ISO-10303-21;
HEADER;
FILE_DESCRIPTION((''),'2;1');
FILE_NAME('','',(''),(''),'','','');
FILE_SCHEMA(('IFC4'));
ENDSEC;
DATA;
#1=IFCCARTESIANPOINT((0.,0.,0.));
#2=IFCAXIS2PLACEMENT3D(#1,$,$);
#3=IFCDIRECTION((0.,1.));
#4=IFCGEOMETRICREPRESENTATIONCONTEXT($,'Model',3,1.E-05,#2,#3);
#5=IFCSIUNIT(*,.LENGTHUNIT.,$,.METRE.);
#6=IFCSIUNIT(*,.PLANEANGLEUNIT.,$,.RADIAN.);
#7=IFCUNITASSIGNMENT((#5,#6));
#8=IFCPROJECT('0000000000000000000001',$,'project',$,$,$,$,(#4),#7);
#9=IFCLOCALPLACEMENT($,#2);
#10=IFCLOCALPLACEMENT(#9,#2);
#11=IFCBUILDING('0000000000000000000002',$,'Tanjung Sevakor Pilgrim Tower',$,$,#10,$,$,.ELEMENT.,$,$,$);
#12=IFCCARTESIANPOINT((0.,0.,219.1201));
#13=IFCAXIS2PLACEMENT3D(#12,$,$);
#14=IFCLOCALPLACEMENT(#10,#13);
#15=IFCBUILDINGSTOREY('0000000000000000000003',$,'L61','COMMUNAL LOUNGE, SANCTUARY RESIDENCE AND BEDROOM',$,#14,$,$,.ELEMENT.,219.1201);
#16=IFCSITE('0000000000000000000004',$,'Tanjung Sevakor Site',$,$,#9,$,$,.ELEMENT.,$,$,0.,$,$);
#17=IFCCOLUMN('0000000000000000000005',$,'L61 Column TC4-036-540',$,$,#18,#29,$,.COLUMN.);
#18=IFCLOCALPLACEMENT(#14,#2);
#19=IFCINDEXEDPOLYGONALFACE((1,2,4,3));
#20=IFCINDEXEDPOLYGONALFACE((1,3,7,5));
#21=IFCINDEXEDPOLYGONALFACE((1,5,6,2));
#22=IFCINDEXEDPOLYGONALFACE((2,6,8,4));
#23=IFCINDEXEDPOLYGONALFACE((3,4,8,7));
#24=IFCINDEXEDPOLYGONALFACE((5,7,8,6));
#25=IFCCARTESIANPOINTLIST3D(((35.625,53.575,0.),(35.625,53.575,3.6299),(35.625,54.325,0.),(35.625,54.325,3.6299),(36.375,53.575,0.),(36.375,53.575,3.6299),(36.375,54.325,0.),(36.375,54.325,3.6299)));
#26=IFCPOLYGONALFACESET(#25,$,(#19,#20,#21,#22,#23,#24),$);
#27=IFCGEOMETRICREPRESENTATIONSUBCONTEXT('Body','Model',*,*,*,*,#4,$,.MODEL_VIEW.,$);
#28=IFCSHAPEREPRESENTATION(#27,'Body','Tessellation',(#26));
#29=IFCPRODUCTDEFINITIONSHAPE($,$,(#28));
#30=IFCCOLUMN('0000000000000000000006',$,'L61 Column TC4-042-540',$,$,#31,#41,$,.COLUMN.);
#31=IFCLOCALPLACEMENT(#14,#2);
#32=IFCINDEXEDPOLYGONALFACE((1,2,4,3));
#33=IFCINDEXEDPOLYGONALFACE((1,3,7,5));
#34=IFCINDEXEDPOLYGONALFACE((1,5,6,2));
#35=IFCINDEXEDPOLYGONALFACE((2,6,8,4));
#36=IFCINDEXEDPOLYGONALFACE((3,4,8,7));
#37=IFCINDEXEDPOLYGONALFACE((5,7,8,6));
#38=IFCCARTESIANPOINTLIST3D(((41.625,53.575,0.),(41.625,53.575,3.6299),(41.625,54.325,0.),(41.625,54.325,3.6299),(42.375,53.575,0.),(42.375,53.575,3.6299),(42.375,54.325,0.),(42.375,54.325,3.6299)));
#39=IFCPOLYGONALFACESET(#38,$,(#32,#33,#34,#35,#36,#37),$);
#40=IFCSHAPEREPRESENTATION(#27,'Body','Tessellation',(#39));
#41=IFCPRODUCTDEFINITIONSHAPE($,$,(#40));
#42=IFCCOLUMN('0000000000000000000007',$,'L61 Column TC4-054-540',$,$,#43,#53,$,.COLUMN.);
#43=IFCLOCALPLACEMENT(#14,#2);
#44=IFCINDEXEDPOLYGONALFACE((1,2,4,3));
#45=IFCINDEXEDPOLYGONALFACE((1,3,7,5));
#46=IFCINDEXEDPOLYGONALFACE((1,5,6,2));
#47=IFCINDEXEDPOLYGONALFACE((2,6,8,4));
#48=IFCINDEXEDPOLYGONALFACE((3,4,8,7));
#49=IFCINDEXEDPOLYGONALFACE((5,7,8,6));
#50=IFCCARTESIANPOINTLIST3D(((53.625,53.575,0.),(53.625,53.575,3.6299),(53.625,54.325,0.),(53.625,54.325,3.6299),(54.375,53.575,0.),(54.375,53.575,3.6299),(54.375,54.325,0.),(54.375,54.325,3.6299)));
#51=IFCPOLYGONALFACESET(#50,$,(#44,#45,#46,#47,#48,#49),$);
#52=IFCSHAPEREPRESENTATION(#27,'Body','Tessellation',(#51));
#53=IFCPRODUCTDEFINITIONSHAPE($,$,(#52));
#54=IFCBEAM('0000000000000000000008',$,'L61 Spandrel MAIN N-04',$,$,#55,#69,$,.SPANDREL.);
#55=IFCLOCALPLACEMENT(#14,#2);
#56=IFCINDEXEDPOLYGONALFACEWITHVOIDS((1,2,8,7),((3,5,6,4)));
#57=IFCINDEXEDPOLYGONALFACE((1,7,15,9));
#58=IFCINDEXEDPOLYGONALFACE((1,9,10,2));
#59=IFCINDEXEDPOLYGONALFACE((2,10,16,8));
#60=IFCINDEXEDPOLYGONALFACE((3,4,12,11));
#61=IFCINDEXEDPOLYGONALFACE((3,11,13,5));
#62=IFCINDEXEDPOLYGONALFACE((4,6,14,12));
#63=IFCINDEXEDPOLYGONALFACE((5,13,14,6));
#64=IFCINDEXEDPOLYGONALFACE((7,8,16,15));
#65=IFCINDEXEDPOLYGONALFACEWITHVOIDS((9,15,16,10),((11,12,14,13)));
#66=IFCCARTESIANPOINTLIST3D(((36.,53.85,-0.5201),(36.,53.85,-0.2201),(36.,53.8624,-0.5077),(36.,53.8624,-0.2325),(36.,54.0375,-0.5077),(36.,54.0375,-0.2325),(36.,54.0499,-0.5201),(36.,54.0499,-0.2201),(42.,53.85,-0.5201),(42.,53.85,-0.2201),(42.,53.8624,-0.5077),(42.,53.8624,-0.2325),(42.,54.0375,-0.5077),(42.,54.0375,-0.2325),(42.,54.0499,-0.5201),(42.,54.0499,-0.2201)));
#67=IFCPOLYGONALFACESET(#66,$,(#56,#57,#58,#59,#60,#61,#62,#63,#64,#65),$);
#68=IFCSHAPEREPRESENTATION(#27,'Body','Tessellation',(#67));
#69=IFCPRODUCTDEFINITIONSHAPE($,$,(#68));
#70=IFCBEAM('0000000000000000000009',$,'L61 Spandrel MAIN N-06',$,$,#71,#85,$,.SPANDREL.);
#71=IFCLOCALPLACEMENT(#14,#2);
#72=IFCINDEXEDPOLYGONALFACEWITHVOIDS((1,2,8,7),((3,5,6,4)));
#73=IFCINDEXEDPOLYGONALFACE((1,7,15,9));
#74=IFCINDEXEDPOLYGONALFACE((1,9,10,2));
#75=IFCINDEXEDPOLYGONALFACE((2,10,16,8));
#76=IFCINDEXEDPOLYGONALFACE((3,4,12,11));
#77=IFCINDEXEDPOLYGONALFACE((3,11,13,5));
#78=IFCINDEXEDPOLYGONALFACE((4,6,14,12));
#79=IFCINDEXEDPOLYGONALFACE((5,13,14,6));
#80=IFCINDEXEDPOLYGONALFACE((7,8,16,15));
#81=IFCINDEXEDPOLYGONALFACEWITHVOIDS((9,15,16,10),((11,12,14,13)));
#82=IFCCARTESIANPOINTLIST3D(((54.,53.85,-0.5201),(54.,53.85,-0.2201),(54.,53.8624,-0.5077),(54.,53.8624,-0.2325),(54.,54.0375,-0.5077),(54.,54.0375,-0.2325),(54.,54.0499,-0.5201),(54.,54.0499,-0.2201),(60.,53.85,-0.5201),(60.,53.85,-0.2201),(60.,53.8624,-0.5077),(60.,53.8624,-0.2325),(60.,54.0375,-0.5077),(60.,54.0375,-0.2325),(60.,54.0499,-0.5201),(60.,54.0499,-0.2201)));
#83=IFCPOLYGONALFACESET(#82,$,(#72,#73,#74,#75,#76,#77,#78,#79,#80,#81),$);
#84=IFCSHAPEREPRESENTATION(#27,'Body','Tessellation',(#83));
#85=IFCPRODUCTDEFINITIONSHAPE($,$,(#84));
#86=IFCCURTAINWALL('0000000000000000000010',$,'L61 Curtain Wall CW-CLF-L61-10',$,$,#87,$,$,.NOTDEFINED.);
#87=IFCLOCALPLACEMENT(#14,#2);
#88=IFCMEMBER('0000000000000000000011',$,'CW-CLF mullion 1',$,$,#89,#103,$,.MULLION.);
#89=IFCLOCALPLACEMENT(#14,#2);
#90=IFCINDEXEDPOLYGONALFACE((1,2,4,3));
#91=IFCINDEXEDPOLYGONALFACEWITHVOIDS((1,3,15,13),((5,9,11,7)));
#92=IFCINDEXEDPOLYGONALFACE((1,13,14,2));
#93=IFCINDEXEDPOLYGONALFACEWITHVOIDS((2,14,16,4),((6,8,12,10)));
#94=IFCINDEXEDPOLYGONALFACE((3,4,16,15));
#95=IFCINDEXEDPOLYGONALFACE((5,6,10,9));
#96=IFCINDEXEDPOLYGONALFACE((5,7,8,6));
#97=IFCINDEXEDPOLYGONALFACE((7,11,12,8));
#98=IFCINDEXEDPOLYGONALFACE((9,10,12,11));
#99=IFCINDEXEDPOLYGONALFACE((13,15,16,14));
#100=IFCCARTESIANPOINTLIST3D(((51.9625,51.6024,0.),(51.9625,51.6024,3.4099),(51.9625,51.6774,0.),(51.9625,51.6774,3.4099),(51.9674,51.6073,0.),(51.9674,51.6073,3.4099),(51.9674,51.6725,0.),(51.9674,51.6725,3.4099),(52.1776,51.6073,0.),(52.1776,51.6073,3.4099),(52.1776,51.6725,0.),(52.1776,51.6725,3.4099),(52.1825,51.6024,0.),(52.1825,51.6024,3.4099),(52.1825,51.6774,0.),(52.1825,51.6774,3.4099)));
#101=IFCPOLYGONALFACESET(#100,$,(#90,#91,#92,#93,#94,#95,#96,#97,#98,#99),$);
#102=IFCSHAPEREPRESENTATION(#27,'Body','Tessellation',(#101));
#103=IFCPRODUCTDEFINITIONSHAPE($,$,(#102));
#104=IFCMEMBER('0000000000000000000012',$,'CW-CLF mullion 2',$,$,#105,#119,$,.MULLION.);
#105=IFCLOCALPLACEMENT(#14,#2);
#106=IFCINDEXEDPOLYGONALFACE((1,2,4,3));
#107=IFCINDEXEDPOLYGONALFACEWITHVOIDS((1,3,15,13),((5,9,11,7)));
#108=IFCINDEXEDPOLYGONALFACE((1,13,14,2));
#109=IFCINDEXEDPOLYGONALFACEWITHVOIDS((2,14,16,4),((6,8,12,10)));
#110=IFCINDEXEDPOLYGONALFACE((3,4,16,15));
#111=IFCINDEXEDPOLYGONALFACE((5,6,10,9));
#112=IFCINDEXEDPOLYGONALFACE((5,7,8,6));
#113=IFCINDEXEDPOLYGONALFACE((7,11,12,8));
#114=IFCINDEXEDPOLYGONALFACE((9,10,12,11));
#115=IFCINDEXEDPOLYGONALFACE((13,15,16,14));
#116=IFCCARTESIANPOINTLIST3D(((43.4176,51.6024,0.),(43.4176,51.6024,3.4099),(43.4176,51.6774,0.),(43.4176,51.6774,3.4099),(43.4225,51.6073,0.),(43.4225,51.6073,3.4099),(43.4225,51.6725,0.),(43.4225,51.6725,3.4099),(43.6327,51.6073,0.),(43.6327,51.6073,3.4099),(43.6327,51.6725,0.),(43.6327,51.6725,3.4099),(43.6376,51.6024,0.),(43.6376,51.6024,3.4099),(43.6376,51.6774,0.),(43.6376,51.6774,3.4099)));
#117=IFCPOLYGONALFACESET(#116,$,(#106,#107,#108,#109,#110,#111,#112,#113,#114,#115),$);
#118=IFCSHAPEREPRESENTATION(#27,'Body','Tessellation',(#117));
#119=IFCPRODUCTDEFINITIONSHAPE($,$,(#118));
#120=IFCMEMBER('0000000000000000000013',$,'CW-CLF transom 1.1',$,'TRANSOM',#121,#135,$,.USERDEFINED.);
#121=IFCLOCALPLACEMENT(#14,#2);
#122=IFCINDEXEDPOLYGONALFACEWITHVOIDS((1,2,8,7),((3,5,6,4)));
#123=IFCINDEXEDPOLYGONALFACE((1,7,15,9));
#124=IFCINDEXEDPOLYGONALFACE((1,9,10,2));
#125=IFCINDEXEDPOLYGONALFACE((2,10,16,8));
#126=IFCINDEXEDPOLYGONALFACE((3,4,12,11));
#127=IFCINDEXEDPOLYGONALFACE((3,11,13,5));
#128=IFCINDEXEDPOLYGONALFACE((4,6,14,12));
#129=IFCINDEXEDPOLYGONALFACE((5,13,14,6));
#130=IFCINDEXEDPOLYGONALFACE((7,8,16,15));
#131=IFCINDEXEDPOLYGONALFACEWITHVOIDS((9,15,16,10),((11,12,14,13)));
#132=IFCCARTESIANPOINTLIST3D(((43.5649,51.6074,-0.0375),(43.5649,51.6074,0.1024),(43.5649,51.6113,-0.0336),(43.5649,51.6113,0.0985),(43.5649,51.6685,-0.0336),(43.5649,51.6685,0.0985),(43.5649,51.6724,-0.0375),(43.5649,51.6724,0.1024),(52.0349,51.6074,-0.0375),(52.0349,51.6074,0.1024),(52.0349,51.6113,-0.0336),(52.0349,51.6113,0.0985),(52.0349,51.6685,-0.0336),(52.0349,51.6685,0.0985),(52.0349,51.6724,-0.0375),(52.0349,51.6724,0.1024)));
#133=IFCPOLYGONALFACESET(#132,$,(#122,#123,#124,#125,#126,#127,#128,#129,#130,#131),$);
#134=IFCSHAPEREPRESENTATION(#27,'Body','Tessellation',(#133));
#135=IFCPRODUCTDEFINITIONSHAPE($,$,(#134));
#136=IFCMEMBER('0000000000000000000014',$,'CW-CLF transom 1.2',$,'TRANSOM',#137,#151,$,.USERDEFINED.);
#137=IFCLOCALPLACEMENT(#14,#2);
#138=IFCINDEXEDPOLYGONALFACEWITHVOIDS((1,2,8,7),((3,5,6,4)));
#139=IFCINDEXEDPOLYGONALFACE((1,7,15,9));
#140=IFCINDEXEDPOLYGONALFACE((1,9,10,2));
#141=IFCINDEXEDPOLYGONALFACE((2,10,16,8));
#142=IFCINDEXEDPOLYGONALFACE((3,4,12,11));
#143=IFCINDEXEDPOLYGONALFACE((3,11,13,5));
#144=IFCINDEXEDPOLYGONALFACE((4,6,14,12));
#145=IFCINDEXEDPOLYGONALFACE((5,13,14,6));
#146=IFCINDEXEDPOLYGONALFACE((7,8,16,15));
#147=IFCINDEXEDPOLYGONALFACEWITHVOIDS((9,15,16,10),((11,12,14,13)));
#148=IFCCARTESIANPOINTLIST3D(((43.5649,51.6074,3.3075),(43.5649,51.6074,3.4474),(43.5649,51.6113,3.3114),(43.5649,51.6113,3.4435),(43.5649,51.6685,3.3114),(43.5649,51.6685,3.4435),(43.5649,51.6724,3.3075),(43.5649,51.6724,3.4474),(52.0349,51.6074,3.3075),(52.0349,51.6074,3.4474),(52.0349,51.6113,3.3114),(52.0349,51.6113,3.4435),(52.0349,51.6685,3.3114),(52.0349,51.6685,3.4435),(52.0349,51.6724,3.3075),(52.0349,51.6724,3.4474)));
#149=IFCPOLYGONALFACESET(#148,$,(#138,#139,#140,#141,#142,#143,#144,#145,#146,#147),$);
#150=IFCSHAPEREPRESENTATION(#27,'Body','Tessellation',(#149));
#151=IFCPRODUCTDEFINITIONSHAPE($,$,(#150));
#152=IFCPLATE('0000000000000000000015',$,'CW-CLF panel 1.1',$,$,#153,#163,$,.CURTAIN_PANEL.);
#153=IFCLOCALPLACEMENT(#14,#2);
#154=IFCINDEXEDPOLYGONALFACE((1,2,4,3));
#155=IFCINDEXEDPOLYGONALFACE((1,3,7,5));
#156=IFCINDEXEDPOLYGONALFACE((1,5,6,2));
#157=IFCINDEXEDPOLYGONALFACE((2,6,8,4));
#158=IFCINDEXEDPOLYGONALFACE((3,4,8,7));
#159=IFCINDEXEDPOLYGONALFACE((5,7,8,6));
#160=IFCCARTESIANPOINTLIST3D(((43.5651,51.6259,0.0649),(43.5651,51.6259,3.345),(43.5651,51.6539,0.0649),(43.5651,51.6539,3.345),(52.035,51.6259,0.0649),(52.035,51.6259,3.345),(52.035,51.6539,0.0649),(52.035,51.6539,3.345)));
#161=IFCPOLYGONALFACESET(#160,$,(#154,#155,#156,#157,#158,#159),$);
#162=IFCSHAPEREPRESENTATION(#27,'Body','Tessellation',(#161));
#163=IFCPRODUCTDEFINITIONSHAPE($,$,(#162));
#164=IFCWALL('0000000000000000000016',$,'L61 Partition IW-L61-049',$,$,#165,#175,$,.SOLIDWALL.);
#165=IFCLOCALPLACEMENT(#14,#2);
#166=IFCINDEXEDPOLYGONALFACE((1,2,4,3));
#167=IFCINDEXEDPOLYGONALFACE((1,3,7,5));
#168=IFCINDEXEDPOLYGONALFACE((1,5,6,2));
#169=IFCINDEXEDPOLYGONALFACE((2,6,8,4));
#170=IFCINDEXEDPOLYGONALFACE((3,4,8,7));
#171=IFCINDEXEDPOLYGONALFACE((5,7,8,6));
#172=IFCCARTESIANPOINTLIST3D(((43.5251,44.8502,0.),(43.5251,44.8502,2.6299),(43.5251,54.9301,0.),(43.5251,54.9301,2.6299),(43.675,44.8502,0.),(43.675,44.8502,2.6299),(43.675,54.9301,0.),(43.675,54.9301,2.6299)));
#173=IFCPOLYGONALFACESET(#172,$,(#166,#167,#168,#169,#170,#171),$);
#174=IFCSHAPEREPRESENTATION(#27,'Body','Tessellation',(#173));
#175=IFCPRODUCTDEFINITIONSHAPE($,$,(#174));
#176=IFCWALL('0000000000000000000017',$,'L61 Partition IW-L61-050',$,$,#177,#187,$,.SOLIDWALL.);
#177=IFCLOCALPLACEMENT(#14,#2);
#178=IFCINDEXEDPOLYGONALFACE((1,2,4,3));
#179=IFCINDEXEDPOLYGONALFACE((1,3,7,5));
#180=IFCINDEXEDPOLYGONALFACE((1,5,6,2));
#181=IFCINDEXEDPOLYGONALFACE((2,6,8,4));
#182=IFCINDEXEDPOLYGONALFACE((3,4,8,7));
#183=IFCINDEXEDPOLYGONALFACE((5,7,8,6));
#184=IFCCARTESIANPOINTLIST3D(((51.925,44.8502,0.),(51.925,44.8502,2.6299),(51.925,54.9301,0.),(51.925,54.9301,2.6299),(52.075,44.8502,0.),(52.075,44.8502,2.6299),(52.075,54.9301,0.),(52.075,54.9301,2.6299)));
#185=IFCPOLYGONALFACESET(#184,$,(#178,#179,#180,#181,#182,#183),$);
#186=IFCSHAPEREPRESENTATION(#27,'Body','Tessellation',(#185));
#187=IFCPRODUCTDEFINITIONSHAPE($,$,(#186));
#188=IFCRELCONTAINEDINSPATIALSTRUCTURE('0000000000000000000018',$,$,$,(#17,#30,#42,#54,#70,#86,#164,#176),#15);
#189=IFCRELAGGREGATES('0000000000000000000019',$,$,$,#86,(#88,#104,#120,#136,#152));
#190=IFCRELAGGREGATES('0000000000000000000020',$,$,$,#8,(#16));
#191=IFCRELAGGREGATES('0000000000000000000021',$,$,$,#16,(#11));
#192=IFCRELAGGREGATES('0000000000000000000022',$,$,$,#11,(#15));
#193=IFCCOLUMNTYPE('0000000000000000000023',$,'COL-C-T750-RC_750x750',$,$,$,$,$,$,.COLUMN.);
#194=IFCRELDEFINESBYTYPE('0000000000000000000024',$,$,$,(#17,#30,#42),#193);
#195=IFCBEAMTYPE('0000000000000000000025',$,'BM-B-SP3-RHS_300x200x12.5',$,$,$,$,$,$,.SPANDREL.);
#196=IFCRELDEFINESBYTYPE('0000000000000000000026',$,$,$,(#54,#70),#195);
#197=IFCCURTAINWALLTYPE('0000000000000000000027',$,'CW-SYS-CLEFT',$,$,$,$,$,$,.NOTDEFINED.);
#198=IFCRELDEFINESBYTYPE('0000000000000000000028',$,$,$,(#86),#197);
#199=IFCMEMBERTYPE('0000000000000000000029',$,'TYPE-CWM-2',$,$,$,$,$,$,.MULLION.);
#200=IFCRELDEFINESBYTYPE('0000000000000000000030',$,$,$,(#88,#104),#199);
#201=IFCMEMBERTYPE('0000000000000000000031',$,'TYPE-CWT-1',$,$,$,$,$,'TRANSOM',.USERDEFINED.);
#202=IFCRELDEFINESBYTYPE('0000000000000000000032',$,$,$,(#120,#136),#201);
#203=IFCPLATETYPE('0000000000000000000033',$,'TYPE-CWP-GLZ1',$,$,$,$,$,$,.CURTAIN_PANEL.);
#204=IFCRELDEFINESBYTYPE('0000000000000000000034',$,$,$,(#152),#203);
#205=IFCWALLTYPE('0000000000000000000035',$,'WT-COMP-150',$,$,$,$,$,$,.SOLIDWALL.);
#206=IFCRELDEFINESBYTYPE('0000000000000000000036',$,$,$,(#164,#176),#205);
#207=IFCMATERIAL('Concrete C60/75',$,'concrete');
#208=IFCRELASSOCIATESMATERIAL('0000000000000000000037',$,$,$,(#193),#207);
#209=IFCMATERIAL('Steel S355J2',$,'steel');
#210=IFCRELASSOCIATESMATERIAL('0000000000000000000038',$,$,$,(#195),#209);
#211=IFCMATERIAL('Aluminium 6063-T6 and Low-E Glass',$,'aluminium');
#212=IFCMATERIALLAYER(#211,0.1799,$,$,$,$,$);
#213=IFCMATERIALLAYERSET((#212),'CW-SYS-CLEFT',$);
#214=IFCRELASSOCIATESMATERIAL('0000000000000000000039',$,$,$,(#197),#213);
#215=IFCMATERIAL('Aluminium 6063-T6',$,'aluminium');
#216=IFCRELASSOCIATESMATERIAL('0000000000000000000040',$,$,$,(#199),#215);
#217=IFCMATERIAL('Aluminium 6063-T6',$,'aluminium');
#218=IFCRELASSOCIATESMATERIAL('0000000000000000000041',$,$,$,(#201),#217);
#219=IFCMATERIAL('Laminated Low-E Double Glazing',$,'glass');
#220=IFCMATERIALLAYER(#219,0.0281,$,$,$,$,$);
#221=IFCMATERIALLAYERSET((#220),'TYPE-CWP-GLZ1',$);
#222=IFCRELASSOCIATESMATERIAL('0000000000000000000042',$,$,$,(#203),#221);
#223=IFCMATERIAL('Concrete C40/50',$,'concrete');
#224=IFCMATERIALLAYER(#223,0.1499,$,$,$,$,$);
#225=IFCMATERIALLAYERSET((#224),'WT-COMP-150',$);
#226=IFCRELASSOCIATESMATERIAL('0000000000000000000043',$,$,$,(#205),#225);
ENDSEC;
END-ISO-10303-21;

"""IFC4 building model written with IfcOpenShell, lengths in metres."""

from ifc_helpers import new_model, si_unit, direction, frame, frame_2d, origin, origin_2d, place, context, subcontext, project, spatial, rectangle, hollow_rectangle, extrude, material, layer, layer_set, material_profile, profile_set, type_object, element, aggregate, save


model = new_model("IFC4")

# Units and contexts
model_context = context("Model", 3, precision=1e-05, world=origin(), true_north=direction((0.0, 1.0)))
body_context = subcontext(model_context, "Body", "Model", "MODEL_VIEW")
ifc_project = project(units=[si_unit("LENGTHUNIT", "METRE"), si_unit("PLANEANGLEUNIT", "RADIAN")], contexts=[model_context])

# Site, building, storey
site_placement = place(None, origin())
site = spatial("IfcSite", under=ifc_project, at=site_placement, Name="Tanjung Sevakor Site", CompositionType="ELEMENT", RefElevation=0.0)
building_placement = place(site_placement, origin())
building = spatial("IfcBuilding", under=site, at=building_placement, Name="Tanjung Sevakor Pilgrim Tower", CompositionType="ELEMENT")
storey_placement = place(building_placement, frame((0.0, 0.0, 219.1201)))
storey = spatial("IfcBuildingStorey", under=building, at=storey_placement, Name="L61", Description="COMMUNAL LOUNGE, SANCTUARY RESIDENCE AND BEDROOM", CompositionType="ELEMENT", Elevation=219.1201)

# Columns
ifc_material_1 = material(Name="Concrete C60/75", Category="concrete")
ifc_material_profile_1 = material_profile(ifc_material_1, rectangle(XDim=0.75, YDim=0.75, at=origin_2d()))
ifc_profile_set_1 = profile_set([ifc_material_profile_1], Name="Concrete C60/75")
column_type = type_object("IfcColumnType", Name="COL-C-T750-RC_750x750", PredefinedType="COLUMN", material=ifc_profile_set_1)
for number, where, z_axis, x_axis, name in (
    (1, (36.0, 53.95, 0.0), (0.0, 0.0, 1.0), (1.0, 0.0, 0.0), "L61 Column TC4-036-540"),
    (2, (42.0, 53.95, 0.0), (0.0, 0.0, 1.0), (1.0, 0.0, 0.0), "L61 Column TC4-042-540"),
    (3, (54.0, 53.95, 0.0), (0.0, 0.0, 1.0), (1.0, 0.0, 0.0), "L61 Column TC4-054-540"),
):
    element("IfcColumn", number, at=place(storey_placement, frame(where, z_axis=z_axis, x_axis=x_axis)), inside=storey, type_object=column_type, Name=name, PredefinedType="COLUMN", context=body_context, shape_type="SweptSolid", body=[
        extrude(rectangle(XDim=0.75, YDim=0.75, at=origin_2d()), origin(), (0.0, 0.0, 1.0), 3.6299),
    ])

# Beams
ifc_material_2 = material(Name="Steel S355J2", Category="steel")
ifc_material_profile_2 = material_profile(ifc_material_2, hollow_rectangle(XDim=0.2, YDim=0.3, WallThickness=0.0125, at=origin_2d()))
ifc_profile_set_2 = profile_set([ifc_material_profile_2], Name="Steel S355J2")
beam_type = type_object("IfcBeamType", Name="BM-B-SP3-RHS_300x200x12.5", PredefinedType="SPANDREL", material=ifc_profile_set_2)
for number, where, z_axis, x_axis, name in (
    (4, (36.0, 53.95, -0.3701), (1.0, 0.0, 0.0), (0.0, 1.0, 0.0), "L61 Spandrel MAIN N-04"),
    (5, (54.0, 53.95, -0.3701), (1.0, 0.0, 0.0), (0.0, 1.0, 0.0), "L61 Spandrel MAIN N-06"),
):
    element("IfcBeam", number, at=place(storey_placement, frame(where, z_axis=z_axis, x_axis=x_axis)), inside=storey, type_object=beam_type, Name=name, PredefinedType="SPANDREL", context=body_context, shape_type="SweptSolid", body=[
        extrude(hollow_rectangle(XDim=0.2, YDim=0.3, WallThickness=0.0125, at=origin_2d()), origin(), (0.0, 0.0, 1.0), 6.0),
    ])

# Curtain wall, members, plate
ifc_material_3 = material(Name="Aluminium 6063-T6 and Low-E Glass", Category="aluminium")
ifc_layer_1 = layer(ifc_material_3, 0.1799)
ifc_layer_set_1 = layer_set([ifc_layer_1], Name="CW-SYS-CLEFT")
curtain_wall_type = type_object("IfcCurtainWallType", Name="CW-SYS-CLEFT", PredefinedType="NOTDEFINED", material=ifc_layer_set_1)
curtain_wall_placement = place(storey_placement, origin())
curtain_wall = element("IfcCurtainWall", 6, at=curtain_wall_placement, inside=storey, type_object=curtain_wall_type, Name="L61 Curtain Wall CW-CLF-L61-10", PredefinedType="NOTDEFINED")
ifc_material_4 = material(Name="Aluminium 6063-T6", Category="aluminium")
ifc_material_profile_3 = material_profile(ifc_material_4, hollow_rectangle(XDim=0.075, YDim=0.22, WallThickness=0.0049, at=origin_2d()))
ifc_profile_set_3 = profile_set([ifc_material_profile_3], Name="Aluminium 6063-T6")
member_type_1 = type_object("IfcMemberType", Name="TYPE-CWM-2", PredefinedType="MULLION", material=ifc_profile_set_3)
member_1_placement = place(storey_placement, frame((52.0725, 51.6399, 0.0), z_axis=(0.0, 0.0, 1.0), x_axis=(0.0, -1.0, 0.0)))
member_1 = element("IfcMember", 7, at=member_1_placement, type_object=member_type_1, Name="CW-CLF mullion 1", PredefinedType="MULLION", context=body_context, shape_type="SweptSolid", body=[
    extrude(hollow_rectangle(XDim=0.075, YDim=0.22, WallThickness=0.0049, at=origin_2d()), origin(), (0.0, 0.0, 1.0), 3.4099),
])
member_2_placement = place(storey_placement, frame((43.5276, 51.6399, 0.0), z_axis=(0.0, 0.0, 1.0), x_axis=(0.0, -1.0, 0.0)))
member_2 = element("IfcMember", 8, at=member_2_placement, type_object=member_type_1, Name="CW-CLF mullion 2", PredefinedType="MULLION", context=body_context, shape_type="SweptSolid", body=[
    extrude(hollow_rectangle(XDim=0.075, YDim=0.22, WallThickness=0.0049, at=origin_2d()), origin(), (0.0, 0.0, 1.0), 3.4099),
])
ifc_material_5 = material(Name="Aluminium 6063-T6", Category="aluminium")
ifc_material_profile_4 = material_profile(ifc_material_5, hollow_rectangle(XDim=0.0649, YDim=0.1399, WallThickness=0.0039, at=origin_2d()))
ifc_profile_set_4 = profile_set([ifc_material_profile_4], Name="Aluminium 6063-T6")
member_type_2 = type_object("IfcMemberType", Name="TYPE-CWT-1", ElementType="TRANSOM", PredefinedType="USERDEFINED", material=ifc_profile_set_4)
member_3_placement = place(storey_placement, frame((52.0349, 51.6399, 0.0325), z_axis=(-1.0, 0.0, 0.0), x_axis=(0.0, -1.0, 0.0)))
member_3 = element("IfcMember", 9, at=member_3_placement, type_object=member_type_2, Name="CW-CLF transom 1.1", ObjectType="TRANSOM", PredefinedType="USERDEFINED", context=body_context, shape_type="SweptSolid", body=[
    extrude(hollow_rectangle(XDim=0.0649, YDim=0.1399, WallThickness=0.0039, at=origin_2d()), origin(), (0.0, 0.0, 1.0), 8.47),
])
member_4_placement = place(storey_placement, frame((52.0349, 51.6399, 3.3774), z_axis=(-1.0, 0.0, 0.0), x_axis=(0.0, -1.0, 0.0)))
member_4 = element("IfcMember", 10, at=member_4_placement, type_object=member_type_2, Name="CW-CLF transom 1.2", ObjectType="TRANSOM", PredefinedType="USERDEFINED", context=body_context, shape_type="SweptSolid", body=[
    extrude(hollow_rectangle(XDim=0.0649, YDim=0.1399, WallThickness=0.0039, at=origin_2d()), origin(), (0.0, 0.0, 1.0), 8.47),
])
ifc_material_6 = material(Name="Laminated Low-E Double Glazing", Category="glass")
ifc_layer_2 = layer(ifc_material_6, 0.0281)
ifc_layer_set_2 = layer_set([ifc_layer_2], Name="TYPE-CWP-GLZ1")
plate_type = type_object("IfcPlateType", Name="TYPE-CWP-GLZ1", PredefinedType="CURTAIN_PANEL", material=ifc_layer_set_2)
plate_placement = place(storey_placement, frame((47.8, 51.6399, 0.0649), z_axis=(0.0, 0.0, 1.0), x_axis=(-1.0, 0.0, 0.0)))
plate = element("IfcPlate", 11, at=plate_placement, type_object=plate_type, Name="CW-CLF panel 1.1", PredefinedType="CURTAIN_PANEL", context=body_context, shape_type="SweptSolid", body=[
    extrude(rectangle(XDim=8.47, YDim=0.0281, at=origin_2d()), origin(), (0.0, 0.0, 1.0), 3.28),
])
aggregate(curtain_wall, [member_1, member_2, member_3, member_4, plate])

# Walls
ifc_material_7 = material(Name="Concrete C40/50", Category="concrete")
ifc_layer_3 = layer(ifc_material_7, 0.1499)
ifc_layer_set_3 = layer_set([ifc_layer_3], Name="WT-COMP-150")
wall_type_1 = type_object("IfcWallType", Name="WT-COMP-150", PredefinedType="SOLIDWALL", material=ifc_layer_set_3)
for number, where, z_axis, x_axis, name in (
    (12, (43.6001, 44.8501, 0.0), (0.0, 0.0, 1.0), (0.0, 1.0, 0.0), "L61 Partition IW-L61-049"),
    (13, (52.0, 44.8501, 0.0), (0.0, 0.0, 1.0), (0.0, 1.0, 0.0), "L61 Partition IW-L61-050"),
):
    element("IfcWall", number, at=place(storey_placement, frame(where, z_axis=z_axis, x_axis=x_axis)), inside=storey, type_object=wall_type_1, Name=name, PredefinedType="SOLIDWALL", context=body_context, shape_type="SweptSolid", body=[
        extrude(rectangle(XDim=10.0798, YDim=0.1499, at=frame_2d((5.04, 0.0))), origin(), (0.0, 0.0, 1.0), 2.6299),
    ])

save(model, "model.ifc")
